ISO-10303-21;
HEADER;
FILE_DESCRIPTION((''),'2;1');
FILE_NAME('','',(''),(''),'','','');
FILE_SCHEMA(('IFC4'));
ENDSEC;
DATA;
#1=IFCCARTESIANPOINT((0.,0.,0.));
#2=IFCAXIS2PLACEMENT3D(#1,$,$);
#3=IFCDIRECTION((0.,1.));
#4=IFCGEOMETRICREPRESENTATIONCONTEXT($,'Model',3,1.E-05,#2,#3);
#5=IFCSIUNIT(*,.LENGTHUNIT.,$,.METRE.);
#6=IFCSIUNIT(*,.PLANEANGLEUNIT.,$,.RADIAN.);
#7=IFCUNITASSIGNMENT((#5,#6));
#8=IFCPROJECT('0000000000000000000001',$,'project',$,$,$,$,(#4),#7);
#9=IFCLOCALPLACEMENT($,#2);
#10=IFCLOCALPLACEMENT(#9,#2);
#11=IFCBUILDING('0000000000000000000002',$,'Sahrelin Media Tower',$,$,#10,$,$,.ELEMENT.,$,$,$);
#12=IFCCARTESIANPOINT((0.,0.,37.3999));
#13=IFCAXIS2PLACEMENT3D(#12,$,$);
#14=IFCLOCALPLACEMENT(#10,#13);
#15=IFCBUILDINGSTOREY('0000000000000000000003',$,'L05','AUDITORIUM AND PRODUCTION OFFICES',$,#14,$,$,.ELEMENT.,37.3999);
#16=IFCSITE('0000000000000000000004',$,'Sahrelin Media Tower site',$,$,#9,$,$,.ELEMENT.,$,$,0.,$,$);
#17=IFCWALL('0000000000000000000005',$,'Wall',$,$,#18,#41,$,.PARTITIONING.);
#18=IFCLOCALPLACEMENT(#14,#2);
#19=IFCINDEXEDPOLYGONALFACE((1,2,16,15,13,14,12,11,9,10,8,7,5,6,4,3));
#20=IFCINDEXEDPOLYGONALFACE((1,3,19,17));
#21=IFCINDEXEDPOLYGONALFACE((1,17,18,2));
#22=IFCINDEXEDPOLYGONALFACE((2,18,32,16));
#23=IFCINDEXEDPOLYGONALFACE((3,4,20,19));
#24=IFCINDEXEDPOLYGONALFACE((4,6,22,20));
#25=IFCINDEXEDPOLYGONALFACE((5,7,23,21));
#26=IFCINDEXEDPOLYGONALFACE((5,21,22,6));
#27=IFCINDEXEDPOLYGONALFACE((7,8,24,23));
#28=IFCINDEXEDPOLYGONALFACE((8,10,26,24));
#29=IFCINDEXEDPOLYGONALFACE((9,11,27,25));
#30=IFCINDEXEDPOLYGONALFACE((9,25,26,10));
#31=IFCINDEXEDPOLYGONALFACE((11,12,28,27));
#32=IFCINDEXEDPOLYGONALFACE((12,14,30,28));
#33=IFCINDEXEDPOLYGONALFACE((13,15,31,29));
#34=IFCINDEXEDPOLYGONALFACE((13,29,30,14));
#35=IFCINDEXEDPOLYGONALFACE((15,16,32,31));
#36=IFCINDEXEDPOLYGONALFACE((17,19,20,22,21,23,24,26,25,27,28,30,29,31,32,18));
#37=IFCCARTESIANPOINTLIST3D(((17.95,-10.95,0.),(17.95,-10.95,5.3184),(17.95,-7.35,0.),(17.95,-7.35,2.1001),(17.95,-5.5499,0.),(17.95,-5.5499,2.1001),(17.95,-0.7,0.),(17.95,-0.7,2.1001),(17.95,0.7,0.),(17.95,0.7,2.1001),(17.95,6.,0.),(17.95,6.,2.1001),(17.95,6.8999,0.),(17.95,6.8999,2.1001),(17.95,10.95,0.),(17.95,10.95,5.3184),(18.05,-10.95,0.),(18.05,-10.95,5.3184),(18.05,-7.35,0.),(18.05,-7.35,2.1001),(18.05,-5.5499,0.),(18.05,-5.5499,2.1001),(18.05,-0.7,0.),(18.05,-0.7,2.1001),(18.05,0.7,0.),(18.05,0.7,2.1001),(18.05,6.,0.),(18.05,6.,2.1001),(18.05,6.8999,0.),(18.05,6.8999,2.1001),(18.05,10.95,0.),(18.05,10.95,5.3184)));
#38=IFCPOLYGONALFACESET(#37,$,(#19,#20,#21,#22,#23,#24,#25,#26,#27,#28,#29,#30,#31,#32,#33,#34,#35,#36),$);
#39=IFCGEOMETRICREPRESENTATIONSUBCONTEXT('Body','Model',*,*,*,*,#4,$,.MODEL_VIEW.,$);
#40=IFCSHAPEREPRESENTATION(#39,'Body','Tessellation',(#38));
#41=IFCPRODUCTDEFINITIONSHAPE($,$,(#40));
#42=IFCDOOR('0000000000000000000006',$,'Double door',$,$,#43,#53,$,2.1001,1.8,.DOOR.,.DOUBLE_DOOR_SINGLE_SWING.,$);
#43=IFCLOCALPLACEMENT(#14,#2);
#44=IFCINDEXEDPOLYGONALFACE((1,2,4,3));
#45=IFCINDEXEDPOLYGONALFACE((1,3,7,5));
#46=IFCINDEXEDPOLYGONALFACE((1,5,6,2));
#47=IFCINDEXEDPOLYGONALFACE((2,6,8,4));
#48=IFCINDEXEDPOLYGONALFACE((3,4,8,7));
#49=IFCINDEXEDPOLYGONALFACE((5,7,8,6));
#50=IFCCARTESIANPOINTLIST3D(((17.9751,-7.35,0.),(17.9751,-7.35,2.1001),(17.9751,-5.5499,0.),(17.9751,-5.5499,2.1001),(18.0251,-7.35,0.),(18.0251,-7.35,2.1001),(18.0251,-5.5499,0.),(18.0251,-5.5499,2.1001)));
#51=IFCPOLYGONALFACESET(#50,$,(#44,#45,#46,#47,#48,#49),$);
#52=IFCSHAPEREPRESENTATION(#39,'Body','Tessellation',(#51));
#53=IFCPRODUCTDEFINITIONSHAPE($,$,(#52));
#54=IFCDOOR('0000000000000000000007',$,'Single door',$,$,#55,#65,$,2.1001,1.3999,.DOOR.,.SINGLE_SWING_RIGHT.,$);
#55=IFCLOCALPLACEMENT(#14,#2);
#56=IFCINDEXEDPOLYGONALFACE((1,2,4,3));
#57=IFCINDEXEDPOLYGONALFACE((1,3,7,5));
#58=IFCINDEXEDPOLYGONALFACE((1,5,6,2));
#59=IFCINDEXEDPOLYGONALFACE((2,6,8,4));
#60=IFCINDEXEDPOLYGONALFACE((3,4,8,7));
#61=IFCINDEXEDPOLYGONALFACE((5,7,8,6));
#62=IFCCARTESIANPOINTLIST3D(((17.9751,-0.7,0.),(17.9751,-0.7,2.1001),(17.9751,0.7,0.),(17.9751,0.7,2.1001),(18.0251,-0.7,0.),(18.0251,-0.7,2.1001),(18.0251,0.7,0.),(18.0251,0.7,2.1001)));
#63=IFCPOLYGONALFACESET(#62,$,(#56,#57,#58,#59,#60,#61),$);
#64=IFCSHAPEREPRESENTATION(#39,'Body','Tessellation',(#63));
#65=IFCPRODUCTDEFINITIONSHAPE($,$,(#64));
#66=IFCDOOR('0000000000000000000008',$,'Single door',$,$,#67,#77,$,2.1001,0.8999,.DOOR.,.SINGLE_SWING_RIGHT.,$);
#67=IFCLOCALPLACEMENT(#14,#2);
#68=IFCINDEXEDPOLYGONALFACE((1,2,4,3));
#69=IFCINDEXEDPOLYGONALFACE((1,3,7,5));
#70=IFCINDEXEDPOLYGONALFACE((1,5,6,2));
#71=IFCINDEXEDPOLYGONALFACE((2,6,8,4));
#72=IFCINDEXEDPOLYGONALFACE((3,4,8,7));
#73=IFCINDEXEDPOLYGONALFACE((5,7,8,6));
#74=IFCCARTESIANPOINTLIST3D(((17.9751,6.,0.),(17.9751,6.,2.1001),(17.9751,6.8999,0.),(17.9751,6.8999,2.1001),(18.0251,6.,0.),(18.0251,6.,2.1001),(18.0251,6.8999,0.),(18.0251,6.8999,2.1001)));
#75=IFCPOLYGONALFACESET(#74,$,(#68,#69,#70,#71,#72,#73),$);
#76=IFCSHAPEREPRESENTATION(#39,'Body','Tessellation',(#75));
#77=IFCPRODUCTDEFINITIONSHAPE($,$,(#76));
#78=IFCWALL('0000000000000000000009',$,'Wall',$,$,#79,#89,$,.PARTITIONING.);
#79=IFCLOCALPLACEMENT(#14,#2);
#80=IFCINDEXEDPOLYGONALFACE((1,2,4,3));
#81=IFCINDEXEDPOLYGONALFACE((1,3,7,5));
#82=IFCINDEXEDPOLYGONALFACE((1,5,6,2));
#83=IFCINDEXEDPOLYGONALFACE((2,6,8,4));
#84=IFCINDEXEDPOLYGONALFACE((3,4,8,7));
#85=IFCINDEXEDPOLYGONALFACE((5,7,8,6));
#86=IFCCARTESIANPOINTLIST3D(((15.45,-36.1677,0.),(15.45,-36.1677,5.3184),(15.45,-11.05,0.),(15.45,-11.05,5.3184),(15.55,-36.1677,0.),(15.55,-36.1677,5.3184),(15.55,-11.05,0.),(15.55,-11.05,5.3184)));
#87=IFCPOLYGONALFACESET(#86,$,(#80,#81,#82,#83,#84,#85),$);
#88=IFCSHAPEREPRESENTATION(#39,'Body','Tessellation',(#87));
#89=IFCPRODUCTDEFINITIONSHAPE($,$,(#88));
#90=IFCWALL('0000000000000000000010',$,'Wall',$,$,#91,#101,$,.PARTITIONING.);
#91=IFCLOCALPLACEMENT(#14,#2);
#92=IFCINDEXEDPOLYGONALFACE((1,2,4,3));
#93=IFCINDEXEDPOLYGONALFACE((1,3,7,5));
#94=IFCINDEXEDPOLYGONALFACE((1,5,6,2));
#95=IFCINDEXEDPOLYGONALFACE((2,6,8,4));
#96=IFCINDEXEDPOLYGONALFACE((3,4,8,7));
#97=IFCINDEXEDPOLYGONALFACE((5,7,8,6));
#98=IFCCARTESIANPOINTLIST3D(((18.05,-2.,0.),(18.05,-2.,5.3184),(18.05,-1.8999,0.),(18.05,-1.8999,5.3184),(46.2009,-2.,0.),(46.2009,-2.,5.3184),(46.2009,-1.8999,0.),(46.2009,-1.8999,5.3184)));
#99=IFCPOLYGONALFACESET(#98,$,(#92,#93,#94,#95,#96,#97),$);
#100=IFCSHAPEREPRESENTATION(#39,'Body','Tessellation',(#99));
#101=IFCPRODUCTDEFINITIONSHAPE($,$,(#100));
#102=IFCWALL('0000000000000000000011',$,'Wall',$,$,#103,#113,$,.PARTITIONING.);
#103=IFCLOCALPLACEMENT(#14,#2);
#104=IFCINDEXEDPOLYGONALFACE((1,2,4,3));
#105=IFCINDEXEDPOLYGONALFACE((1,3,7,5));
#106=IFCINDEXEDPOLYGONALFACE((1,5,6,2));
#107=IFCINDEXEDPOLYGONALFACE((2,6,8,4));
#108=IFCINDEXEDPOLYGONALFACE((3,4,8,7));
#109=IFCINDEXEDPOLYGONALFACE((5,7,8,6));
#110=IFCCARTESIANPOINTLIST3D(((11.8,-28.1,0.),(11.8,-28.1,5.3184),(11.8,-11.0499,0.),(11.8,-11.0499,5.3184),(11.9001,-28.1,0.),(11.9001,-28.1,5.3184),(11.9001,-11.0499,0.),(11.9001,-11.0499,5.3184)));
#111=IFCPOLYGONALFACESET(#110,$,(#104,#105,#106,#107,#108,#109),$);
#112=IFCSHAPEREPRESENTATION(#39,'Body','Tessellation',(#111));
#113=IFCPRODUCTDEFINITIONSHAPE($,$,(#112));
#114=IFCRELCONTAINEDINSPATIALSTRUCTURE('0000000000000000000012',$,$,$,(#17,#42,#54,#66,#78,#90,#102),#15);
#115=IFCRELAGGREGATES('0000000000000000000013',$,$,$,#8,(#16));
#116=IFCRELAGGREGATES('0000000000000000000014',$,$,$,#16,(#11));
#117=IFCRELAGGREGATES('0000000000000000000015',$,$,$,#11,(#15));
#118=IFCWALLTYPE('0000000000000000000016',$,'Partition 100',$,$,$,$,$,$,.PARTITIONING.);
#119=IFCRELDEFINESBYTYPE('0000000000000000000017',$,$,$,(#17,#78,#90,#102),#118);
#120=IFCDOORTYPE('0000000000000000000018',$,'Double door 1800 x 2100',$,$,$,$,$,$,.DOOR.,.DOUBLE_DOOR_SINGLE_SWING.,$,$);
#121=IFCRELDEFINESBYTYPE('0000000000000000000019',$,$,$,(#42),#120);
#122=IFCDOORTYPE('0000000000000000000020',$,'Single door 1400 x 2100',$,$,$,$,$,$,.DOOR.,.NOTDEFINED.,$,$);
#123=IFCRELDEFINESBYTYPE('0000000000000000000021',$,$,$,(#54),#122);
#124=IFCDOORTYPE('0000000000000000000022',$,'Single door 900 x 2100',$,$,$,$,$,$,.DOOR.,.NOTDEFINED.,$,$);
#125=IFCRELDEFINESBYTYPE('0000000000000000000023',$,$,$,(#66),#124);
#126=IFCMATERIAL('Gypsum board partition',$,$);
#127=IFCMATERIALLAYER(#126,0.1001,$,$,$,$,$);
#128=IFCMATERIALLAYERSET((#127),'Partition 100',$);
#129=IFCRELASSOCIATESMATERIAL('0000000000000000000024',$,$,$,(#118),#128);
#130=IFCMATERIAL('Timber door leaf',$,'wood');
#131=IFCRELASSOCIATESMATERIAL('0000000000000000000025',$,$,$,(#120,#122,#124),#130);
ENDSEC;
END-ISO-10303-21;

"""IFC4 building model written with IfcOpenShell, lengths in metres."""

from ifc_helpers import new_model, si_unit, direction, frame, frame_2d, origin, place, context, subcontext, project, spatial, rectangle, extrude, material, layer, layer_set, type_object, element, fill, save


model = new_model("IFC4")

# Units and contexts
model_context = context("Model", 3, precision=1e-05, world=origin(), true_north=direction((0.0, 1.0)))
body_context = subcontext(model_context, "Body", "Model", "MODEL_VIEW")
ifc_project = project(units=[si_unit("LENGTHUNIT", "METRE"), si_unit("PLANEANGLEUNIT", "RADIAN")], contexts=[model_context])

# Site, building, storey
site_placement = place(None, origin())
site = spatial("IfcSite", under=ifc_project, at=site_placement, Name="Sahrelin Media Tower site", CompositionType="ELEMENT", RefElevation=0.0)
building_placement = place(site_placement, origin())
building = spatial("IfcBuilding", under=site, at=building_placement, Name="Sahrelin Media Tower", CompositionType="ELEMENT")
storey_placement = place(building_placement, frame((0.0, 0.0, 37.3999)))
storey = spatial("IfcBuildingStorey", under=building, at=storey_placement, Name="L05", Description="AUDITORIUM AND PRODUCTION OFFICES", CompositionType="ELEMENT", Elevation=37.3999)

# Wall, openings, doors
ifc_material_1 = material(Name="Gypsum board partition")
ifc_layer_1 = layer(ifc_material_1, 0.1001)
ifc_layer_set_1 = layer_set([ifc_layer_1], Name="Partition 100")
wall_type_1 = type_object("IfcWallType", Name="Partition 100", PredefinedType="PARTITIONING", material=ifc_layer_set_1)
wall_1_placement = place(storey_placement, frame((18.0, -10.95, 0.0), z_axis=(0.0, 0.0, 1.0), x_axis=(0.0, 1.0, 0.0)))
wall_1 = element("IfcWall", 1, at=wall_1_placement, inside=storey, type_object=wall_type_1, Name="Wall", PredefinedType="PARTITIONING", context=body_context, shape_type="SweptSolid", body=[
    extrude(rectangle(XDim=21.8999, YDim=0.1001, at=frame_2d((10.95, 0.0))), origin(), (0.0, 0.0, 1.0), 5.3184),
])
opening_1_placement = place(wall_1_placement, frame((10.25, 0.0, 0.0)))
opening_1 = element("IfcOpeningElement", 2, at=opening_1_placement, cuts=wall_1, PredefinedType="OPENING", context=body_context, shape_type="SweptSolid", body=[
    extrude(rectangle(XDim=1.3999, YDim=2.1001, at=frame_2d((0.7, 1.05))), frame((0.0, 0.05, 0.0), z_axis=(0.0, -1.0, 0.0), x_axis=(1.0, 0.0, 0.0)), (0.0, 0.0, 1.0), 0.1001),
])
opening_2_placement = place(wall_1_placement, frame((3.6001, 0.0, 0.0)))
opening_2 = element("IfcOpeningElement", 3, at=opening_2_placement, cuts=wall_1, PredefinedType="OPENING", context=body_context, shape_type="SweptSolid", body=[
    extrude(rectangle(XDim=1.8, YDim=2.1001, at=frame_2d((0.8999, 1.05))), frame((0.0, 0.05, 0.0), z_axis=(0.0, -1.0, 0.0), x_axis=(1.0, 0.0, 0.0)), (0.0, 0.0, 1.0), 0.1001),
])
opening_3_placement = place(wall_1_placement, frame((16.95, 0.0, 0.0)))
opening_3 = element("IfcOpeningElement", 4, at=opening_3_placement, cuts=wall_1, PredefinedType="OPENING", context=body_context, shape_type="SweptSolid", body=[
    extrude(rectangle(XDim=0.8999, YDim=2.1001, at=frame_2d((0.45, 1.05))), frame((0.0, 0.05, 0.0), z_axis=(0.0, -1.0, 0.0), x_axis=(1.0, 0.0, 0.0)), (0.0, 0.0, 1.0), 0.1001),
])
ifc_material_2 = material(Name="Timber door leaf", Category="wood")
door_type_1 = type_object("IfcDoorType", Name="Double door 1800 x 2100", OperationType="DOUBLE_DOOR_SINGLE_SWING", PredefinedType="DOOR", material=ifc_material_2)
door_1_placement = place(opening_2_placement, origin())
door_1 = element("IfcDoor", 5, at=door_1_placement, inside=storey, type_object=door_type_1, Name="Double door", OperationType="DOUBLE_DOOR_SINGLE_SWING", OverallHeight=2.1001, OverallWidth=1.8, PredefinedType="DOOR", context=body_context, shape_type="SweptSolid", body=[
    extrude(rectangle(XDim=1.8, YDim=2.1001, at=frame_2d((0.8999, 1.05))), frame((0.0, 0.0249, 0.0), z_axis=(0.0, -1.0, 0.0), x_axis=(1.0, 0.0, 0.0)), (0.0, 0.0, 1.0), 0.05),
])
fill(opening_2, door_1)
door_type_2 = type_object("IfcDoorType", Name="Single door 1400 x 2100", OperationType="NOTDEFINED", PredefinedType="DOOR", material=ifc_material_2)
door_2_placement = place(opening_1_placement, origin())
door_2 = element("IfcDoor", 6, at=door_2_placement, inside=storey, type_object=door_type_2, Name="Single door", OperationType="SINGLE_SWING_RIGHT", OverallHeight=2.1001, OverallWidth=1.3999, PredefinedType="DOOR", context=body_context, shape_type="SweptSolid", body=[
    extrude(rectangle(XDim=1.3999, YDim=2.1001, at=frame_2d((0.7, 1.05))), frame((0.0, 0.0249, 0.0), z_axis=(0.0, -1.0, 0.0), x_axis=(1.0, 0.0, 0.0)), (0.0, 0.0, 1.0), 0.05),
])
fill(opening_1, door_2)
door_type_3 = type_object("IfcDoorType", Name="Single door 900 x 2100", OperationType="NOTDEFINED", PredefinedType="DOOR", material=ifc_material_2)
door_3_placement = place(opening_3_placement, origin())
door_3 = element("IfcDoor", 7, at=door_3_placement, inside=storey, type_object=door_type_3, Name="Single door", OperationType="SINGLE_SWING_RIGHT", OverallHeight=2.1001, OverallWidth=0.8999, PredefinedType="DOOR", context=body_context, shape_type="SweptSolid", body=[
    extrude(rectangle(XDim=0.8999, YDim=2.1001, at=frame_2d((0.45, 1.05))), frame((0.0, 0.0249, 0.0), z_axis=(0.0, -1.0, 0.0), x_axis=(1.0, 0.0, 0.0)), (0.0, 0.0, 1.0), 0.05),
])
fill(opening_3, door_3)

# Walls
wall_2_placement = place(storey_placement, frame((15.5, -11.05, 0.0), z_axis=(0.0, 0.0, 1.0), x_axis=(0.0, -1.0, 0.0)))
element("IfcWall", 8, at=wall_2_placement, inside=storey, type_object=wall_type_1, Name="Wall", PredefinedType="PARTITIONING", context=body_context, shape_type="SweptSolid", body=[
    extrude(rectangle(XDim=25.1177, YDim=0.1001, at=frame_2d((12.5588, 0.0))), origin(), (0.0, 0.0, 1.0), 5.3184),
])
wall_3_placement = place(storey_placement, frame((18.05, -1.95, 0.0), z_axis=(0.0, 0.0, 1.0), x_axis=(1.0, 0.0, 0.0)))
element("IfcWall", 9, at=wall_3_placement, inside=storey, type_object=wall_type_1, Name="Wall", PredefinedType="PARTITIONING", context=body_context, shape_type="SweptSolid", body=[
    extrude(rectangle(XDim=28.1509, YDim=0.1001, at=frame_2d((14.0754, 0.0))), origin(), (0.0, 0.0, 1.0), 5.3184),
])
wall_4_placement = place(storey_placement, frame((11.8501, -11.05, 0.0), z_axis=(0.0, 0.0, 1.0), x_axis=(0.0, -1.0, 0.0)))
element("IfcWall", 10, at=wall_4_placement, inside=storey, type_object=wall_type_1, Name="Wall", PredefinedType="PARTITIONING", context=body_context, shape_type="SweptSolid", body=[
    extrude(rectangle(XDim=17.05, YDim=0.1001, at=frame_2d((8.5249, 0.0))), origin(), (0.0, 0.0, 1.0), 5.3184),
])

save(model, "model.ifc")
